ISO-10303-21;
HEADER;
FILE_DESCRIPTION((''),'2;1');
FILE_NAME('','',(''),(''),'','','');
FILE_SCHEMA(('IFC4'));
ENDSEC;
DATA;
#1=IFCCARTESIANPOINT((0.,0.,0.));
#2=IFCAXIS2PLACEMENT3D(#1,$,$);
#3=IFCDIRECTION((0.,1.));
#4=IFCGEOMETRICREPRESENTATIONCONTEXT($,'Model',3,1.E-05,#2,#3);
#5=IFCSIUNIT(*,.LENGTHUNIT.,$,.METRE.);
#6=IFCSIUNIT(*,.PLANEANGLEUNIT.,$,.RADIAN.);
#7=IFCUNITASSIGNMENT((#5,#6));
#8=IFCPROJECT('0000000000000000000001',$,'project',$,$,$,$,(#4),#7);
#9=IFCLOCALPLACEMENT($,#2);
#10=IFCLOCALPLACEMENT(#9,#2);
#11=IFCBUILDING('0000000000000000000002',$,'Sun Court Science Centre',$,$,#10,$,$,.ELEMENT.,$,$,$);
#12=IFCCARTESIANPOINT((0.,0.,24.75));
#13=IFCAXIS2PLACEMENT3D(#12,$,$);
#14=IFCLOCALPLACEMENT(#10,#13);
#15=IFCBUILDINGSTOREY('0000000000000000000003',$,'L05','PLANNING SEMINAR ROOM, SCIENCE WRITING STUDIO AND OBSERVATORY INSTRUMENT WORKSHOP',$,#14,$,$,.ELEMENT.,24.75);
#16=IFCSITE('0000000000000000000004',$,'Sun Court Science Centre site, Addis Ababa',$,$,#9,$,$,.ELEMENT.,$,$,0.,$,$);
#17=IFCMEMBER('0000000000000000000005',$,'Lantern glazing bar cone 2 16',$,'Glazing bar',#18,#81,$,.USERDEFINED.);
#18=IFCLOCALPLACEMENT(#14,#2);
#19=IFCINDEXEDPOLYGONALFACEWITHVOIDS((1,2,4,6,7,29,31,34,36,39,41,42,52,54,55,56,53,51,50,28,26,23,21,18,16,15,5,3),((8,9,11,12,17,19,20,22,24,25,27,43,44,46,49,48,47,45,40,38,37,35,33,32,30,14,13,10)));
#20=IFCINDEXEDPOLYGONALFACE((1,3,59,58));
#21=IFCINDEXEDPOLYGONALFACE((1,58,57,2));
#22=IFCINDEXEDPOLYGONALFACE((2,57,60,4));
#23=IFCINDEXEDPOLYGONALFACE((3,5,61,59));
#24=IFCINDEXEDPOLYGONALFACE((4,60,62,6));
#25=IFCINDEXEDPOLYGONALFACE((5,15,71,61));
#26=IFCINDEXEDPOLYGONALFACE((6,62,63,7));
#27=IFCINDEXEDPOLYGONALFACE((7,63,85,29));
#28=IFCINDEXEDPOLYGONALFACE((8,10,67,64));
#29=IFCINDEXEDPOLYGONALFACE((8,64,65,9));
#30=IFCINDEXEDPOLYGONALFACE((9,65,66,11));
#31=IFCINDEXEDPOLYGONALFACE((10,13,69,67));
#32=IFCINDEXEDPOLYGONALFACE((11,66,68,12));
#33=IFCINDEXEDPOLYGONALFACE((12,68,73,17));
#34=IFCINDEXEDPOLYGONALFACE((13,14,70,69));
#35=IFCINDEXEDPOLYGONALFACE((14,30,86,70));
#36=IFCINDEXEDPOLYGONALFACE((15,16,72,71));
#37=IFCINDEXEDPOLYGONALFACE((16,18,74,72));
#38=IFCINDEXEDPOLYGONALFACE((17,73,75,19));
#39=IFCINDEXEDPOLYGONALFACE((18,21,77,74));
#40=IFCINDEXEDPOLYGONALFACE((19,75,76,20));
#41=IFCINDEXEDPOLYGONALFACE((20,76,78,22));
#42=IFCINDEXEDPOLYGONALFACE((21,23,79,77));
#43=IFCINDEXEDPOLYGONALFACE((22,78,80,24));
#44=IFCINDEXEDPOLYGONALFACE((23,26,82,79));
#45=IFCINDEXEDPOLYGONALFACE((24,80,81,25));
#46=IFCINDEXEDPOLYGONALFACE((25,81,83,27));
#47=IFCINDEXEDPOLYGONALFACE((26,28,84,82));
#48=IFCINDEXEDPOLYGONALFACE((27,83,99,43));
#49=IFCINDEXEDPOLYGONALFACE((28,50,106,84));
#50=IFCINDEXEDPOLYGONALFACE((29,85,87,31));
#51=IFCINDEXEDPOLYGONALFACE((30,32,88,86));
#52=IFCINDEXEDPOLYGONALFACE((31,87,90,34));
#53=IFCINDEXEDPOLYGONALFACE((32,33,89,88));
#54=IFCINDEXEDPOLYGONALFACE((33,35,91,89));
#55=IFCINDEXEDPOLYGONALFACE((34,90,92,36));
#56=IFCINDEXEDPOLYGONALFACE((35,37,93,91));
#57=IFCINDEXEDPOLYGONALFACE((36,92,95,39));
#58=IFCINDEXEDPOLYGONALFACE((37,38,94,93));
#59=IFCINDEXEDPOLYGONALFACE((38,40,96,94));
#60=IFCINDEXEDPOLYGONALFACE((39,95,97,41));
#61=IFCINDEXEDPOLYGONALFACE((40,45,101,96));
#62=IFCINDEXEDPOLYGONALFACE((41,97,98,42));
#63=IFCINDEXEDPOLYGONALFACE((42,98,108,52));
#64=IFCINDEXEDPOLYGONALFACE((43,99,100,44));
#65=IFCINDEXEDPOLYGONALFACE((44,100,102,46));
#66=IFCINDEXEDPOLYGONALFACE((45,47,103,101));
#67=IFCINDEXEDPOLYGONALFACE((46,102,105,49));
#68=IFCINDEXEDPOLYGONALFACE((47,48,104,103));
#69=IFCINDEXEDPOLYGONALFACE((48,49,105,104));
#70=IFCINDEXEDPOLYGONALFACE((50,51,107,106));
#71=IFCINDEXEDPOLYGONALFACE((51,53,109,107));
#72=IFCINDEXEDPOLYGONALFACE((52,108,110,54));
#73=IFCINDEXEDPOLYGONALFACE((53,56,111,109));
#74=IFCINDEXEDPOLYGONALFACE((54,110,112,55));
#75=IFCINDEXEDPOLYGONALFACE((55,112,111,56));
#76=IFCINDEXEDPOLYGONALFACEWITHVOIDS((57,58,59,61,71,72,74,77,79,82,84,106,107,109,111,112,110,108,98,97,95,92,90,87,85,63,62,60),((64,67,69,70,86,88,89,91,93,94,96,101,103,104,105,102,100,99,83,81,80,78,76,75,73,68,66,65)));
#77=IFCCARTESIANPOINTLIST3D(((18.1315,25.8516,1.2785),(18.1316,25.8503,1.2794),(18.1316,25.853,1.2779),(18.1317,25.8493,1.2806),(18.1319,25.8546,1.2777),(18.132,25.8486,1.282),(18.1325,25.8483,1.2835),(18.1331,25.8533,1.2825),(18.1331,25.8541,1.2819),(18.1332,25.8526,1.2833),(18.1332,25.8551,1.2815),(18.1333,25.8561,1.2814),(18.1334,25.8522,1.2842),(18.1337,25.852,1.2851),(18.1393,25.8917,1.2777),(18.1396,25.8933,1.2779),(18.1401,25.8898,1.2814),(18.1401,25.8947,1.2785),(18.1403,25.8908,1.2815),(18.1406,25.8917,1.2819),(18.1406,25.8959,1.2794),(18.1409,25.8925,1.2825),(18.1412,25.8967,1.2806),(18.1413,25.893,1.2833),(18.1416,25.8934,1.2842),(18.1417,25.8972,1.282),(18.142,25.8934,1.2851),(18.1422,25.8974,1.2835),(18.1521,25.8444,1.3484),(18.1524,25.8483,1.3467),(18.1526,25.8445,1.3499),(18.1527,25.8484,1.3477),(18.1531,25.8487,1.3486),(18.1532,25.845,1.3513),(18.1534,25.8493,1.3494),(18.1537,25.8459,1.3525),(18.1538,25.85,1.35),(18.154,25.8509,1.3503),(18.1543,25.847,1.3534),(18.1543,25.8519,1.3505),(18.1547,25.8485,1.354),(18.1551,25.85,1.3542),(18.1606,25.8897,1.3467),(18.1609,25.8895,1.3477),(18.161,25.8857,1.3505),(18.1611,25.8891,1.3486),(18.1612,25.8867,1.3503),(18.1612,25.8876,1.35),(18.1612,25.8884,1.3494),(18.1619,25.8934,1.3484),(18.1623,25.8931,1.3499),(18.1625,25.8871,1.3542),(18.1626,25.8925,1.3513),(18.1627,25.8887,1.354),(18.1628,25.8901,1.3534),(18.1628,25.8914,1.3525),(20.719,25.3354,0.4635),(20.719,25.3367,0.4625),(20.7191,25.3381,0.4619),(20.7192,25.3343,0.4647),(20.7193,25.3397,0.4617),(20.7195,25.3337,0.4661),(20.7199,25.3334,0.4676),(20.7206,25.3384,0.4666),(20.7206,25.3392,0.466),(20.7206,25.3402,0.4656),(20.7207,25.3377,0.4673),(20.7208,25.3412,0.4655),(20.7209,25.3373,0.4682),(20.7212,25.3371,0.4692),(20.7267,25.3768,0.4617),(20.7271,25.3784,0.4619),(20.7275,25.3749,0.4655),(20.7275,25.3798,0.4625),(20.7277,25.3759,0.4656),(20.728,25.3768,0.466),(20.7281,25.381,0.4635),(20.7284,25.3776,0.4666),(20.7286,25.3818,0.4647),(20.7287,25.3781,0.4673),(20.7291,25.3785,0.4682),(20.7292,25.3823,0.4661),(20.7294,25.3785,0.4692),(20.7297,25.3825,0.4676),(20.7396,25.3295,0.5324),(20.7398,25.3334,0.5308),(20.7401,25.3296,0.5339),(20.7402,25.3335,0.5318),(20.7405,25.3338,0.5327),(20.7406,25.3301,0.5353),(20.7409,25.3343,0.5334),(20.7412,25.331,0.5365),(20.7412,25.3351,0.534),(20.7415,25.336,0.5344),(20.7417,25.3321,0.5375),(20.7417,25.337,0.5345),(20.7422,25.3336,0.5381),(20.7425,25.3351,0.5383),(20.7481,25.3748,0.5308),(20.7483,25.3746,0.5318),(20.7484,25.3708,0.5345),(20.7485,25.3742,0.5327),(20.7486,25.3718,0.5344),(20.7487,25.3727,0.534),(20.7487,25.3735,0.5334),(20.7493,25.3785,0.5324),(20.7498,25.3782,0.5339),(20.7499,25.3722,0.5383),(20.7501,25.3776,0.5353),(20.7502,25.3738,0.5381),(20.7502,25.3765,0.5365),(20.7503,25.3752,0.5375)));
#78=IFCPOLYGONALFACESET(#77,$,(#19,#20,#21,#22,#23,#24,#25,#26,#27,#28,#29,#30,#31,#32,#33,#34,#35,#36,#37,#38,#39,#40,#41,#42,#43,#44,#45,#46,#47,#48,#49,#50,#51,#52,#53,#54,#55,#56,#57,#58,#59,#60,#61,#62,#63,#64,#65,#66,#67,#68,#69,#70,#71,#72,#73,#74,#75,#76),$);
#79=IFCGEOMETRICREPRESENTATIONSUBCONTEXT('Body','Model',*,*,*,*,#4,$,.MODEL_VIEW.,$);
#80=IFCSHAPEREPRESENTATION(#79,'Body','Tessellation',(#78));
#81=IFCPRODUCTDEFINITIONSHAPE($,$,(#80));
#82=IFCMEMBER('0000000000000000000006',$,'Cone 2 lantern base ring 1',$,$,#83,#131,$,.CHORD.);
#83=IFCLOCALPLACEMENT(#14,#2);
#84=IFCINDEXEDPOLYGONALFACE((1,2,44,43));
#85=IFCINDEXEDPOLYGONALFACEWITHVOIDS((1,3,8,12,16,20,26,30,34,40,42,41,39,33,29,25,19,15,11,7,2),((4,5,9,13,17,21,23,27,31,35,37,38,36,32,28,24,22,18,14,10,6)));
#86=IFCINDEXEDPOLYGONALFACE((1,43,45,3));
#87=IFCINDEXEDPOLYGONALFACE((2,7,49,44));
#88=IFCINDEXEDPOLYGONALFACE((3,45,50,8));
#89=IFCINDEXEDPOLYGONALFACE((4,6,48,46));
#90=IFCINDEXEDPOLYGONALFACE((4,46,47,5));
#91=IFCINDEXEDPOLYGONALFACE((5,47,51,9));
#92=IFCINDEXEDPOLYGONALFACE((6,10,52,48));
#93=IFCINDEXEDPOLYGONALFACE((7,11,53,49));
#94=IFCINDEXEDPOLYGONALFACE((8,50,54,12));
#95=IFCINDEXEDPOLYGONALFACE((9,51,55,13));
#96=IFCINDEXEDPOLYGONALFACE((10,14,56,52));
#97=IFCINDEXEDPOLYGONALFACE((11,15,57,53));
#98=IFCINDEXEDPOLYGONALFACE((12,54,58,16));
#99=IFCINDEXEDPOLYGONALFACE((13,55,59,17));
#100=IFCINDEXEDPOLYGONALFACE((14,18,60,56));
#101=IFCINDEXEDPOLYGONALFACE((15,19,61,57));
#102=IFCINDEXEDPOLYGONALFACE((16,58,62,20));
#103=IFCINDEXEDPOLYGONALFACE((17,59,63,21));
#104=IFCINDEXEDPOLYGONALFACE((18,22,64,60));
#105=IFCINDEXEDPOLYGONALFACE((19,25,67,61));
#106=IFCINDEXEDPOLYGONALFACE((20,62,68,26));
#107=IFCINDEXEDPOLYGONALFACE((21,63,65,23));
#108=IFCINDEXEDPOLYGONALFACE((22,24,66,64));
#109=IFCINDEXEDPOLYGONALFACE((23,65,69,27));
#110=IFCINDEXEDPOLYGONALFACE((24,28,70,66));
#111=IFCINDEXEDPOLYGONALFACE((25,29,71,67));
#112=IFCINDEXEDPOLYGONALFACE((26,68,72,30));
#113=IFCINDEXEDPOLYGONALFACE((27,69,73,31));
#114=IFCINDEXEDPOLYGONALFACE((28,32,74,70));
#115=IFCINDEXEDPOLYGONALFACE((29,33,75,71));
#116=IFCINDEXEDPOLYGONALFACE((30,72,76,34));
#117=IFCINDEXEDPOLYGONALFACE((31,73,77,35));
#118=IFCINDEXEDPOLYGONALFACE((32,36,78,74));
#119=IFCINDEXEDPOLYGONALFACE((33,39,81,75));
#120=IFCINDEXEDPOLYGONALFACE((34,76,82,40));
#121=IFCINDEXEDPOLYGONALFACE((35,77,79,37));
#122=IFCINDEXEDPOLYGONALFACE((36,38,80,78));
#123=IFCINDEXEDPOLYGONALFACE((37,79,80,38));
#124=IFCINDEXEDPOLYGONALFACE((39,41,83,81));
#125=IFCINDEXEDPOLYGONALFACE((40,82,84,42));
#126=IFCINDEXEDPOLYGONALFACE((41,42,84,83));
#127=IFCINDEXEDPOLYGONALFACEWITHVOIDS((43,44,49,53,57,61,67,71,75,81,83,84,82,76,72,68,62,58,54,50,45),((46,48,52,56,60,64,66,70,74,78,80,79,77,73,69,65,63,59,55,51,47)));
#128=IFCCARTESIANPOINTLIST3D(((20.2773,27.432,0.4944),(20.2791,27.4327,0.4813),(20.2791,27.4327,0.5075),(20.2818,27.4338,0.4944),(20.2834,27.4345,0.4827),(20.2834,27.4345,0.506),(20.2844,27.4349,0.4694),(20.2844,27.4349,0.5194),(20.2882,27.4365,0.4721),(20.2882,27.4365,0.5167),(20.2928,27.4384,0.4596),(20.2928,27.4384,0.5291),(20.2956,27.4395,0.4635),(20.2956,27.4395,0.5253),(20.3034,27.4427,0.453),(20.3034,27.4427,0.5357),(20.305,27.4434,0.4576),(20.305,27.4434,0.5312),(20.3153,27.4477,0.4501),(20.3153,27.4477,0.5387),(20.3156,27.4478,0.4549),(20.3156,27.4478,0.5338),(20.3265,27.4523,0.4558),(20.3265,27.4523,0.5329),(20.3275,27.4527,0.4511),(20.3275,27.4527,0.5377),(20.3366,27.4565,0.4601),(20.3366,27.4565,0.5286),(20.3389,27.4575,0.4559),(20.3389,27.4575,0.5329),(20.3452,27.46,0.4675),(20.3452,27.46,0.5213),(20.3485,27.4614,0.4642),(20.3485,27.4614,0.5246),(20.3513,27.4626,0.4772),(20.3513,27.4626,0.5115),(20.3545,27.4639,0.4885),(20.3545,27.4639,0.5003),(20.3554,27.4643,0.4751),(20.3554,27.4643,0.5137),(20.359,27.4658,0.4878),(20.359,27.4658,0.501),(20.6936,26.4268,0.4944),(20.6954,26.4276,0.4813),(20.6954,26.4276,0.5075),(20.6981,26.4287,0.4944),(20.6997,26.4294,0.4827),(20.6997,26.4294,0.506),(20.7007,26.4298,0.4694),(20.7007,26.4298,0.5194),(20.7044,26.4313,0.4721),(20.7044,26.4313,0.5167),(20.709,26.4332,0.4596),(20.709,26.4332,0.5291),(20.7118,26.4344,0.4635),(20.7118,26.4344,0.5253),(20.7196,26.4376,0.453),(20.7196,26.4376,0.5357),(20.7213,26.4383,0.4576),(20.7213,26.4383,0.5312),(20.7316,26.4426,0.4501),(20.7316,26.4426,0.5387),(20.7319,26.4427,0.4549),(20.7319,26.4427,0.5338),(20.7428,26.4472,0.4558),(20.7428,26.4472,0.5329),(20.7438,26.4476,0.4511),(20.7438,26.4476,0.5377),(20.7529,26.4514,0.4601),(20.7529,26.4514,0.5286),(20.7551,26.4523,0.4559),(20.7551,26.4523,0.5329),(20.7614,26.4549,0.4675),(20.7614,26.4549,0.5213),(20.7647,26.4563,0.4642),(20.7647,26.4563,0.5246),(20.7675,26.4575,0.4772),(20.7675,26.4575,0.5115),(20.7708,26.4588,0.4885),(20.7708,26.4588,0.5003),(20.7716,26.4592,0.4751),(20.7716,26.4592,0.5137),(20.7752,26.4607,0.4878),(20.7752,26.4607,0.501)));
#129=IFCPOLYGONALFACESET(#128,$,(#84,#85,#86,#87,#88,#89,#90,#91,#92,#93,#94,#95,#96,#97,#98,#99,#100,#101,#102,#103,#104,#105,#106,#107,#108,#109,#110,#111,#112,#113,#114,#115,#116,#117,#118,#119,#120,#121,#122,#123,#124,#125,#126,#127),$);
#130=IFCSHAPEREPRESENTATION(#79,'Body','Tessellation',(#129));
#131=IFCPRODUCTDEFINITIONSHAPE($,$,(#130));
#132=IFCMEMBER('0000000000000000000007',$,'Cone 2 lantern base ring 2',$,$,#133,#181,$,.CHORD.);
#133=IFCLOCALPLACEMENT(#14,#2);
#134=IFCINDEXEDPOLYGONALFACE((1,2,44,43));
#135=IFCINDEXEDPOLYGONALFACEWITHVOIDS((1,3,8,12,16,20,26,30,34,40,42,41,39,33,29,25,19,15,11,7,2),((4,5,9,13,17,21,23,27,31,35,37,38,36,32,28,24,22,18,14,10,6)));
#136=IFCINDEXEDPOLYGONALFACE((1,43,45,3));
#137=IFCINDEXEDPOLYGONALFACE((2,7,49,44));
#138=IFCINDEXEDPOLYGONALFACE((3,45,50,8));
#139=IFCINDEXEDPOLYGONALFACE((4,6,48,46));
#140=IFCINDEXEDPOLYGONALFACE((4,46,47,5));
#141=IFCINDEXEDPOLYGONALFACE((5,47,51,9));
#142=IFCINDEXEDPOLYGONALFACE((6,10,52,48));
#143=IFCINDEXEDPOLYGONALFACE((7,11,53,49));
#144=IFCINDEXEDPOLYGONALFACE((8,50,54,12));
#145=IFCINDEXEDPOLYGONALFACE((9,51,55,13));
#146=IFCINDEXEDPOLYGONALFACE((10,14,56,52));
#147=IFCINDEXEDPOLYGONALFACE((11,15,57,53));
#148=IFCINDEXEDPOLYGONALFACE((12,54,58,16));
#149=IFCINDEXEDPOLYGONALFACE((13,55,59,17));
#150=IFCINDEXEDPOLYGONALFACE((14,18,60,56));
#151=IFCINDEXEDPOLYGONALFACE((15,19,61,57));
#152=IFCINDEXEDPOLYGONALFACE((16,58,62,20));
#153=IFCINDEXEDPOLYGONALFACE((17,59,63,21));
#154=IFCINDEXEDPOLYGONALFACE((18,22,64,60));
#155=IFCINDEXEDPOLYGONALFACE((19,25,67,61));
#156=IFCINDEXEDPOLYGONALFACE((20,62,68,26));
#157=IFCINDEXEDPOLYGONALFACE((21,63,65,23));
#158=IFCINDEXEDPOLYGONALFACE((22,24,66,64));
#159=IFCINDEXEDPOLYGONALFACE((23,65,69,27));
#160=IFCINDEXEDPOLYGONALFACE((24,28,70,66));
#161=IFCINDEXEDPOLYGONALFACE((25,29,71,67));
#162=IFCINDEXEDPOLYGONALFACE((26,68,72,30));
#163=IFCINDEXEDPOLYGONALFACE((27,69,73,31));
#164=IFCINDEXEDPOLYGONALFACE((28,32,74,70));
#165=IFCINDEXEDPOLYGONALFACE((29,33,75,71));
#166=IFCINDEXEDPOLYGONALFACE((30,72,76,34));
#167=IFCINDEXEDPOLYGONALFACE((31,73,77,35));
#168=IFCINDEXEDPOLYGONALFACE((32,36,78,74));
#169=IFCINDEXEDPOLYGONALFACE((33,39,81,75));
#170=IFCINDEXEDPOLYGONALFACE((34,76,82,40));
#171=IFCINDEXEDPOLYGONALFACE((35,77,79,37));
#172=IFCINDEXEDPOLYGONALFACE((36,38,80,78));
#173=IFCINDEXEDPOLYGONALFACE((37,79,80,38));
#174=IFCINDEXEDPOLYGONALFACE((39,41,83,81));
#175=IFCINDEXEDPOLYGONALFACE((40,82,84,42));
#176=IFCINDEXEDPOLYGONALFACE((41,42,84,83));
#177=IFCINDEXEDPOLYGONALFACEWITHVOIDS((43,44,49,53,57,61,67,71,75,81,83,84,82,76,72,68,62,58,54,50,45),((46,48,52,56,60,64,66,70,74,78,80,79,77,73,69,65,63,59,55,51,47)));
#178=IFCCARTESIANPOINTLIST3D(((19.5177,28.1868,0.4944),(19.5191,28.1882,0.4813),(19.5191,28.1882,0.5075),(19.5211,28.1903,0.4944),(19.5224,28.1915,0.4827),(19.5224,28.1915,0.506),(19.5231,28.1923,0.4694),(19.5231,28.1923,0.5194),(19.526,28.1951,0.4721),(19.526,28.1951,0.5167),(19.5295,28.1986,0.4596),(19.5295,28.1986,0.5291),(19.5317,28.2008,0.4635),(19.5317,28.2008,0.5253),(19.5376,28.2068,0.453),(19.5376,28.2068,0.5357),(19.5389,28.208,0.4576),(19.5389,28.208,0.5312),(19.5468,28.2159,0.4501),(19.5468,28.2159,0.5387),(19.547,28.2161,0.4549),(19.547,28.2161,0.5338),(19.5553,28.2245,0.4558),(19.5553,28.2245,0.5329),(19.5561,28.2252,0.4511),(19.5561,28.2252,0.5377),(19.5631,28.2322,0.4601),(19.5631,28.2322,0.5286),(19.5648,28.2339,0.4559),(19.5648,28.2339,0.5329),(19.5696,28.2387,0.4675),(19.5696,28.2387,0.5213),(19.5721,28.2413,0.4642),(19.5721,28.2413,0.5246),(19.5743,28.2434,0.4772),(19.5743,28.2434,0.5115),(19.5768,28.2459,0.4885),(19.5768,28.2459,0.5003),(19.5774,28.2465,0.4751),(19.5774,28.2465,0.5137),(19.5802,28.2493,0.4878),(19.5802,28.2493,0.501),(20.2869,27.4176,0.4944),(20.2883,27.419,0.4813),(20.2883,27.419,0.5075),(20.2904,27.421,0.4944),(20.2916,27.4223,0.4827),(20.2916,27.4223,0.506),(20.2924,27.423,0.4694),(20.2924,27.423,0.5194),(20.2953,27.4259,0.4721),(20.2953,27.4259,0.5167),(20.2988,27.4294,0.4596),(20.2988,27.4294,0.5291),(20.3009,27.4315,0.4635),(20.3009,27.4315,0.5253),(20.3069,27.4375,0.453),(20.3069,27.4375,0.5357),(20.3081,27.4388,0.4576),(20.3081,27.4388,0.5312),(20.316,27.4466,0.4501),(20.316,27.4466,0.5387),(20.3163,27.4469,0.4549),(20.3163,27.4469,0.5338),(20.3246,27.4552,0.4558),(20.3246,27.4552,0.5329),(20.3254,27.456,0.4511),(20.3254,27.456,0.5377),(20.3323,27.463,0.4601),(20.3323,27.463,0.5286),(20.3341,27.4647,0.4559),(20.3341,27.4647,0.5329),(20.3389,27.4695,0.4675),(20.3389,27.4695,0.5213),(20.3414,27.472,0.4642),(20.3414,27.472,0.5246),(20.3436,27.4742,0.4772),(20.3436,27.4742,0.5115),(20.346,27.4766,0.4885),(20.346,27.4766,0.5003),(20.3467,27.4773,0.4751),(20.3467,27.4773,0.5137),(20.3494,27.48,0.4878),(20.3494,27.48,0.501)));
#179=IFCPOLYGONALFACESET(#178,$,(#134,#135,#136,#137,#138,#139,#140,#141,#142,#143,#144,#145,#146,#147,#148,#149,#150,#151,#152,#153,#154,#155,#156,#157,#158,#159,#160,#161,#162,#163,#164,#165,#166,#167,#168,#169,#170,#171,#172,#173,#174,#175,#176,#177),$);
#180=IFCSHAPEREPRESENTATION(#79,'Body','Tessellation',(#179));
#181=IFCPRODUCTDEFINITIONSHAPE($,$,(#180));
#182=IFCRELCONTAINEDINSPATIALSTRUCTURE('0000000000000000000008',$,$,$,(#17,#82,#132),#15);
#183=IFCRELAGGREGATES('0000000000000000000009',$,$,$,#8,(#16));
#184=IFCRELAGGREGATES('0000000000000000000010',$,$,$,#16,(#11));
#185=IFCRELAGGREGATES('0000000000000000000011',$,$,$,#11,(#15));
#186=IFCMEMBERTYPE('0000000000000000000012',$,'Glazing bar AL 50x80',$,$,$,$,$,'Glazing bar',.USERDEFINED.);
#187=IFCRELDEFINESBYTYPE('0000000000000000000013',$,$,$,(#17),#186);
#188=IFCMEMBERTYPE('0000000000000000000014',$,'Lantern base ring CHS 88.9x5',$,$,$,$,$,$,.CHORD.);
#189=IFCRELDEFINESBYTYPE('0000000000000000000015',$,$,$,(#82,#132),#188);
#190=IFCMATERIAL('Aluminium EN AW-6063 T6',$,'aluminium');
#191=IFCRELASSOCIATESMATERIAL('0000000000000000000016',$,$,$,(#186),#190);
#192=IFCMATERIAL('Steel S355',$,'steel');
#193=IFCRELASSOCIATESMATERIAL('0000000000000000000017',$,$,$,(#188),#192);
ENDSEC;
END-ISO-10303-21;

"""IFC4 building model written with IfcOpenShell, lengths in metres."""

from ifc_helpers import new_model, si_unit, direction, frame, origin, origin_2d, place, context, subcontext, project, spatial, hollow_rectangle, hollow_circle, extrude, material, material_profile, profile_set, type_object, element, save


model = new_model("IFC4")

# Units and contexts
model_context = context("Model", 3, precision=1e-05, world=origin(), true_north=direction((0.0, 1.0)))
body_context = subcontext(model_context, "Body", "Model", "MODEL_VIEW")
ifc_project = project(units=[si_unit("LENGTHUNIT", "METRE"), si_unit("PLANEANGLEUNIT", "RADIAN")], contexts=[model_context])

# Site, building, storey
site_placement = place(None, origin())
site = spatial("IfcSite", under=ifc_project, at=site_placement, Name="Sun Court Science Centre site, Addis Ababa", CompositionType="ELEMENT", RefElevation=0.0)
building_placement = place(site_placement, origin())
building = spatial("IfcBuilding", under=site, at=building_placement, Name="Sun Court Science Centre", CompositionType="ELEMENT")
storey_placement = place(building_placement, frame((0.0, 0.0, 24.75)))
storey = spatial("IfcBuildingStorey", under=building, at=storey_placement, Name="L05", Description="PLANNING SEMINAR ROOM, SCIENCE WRITING STUDIO AND OBSERVATORY INSTRUMENT WORKSHOP", CompositionType="ELEMENT", Elevation=24.75)

# Members
ifc_material_1 = material(Name="Aluminium EN AW-6063 T6", Category="aluminium")
ifc_material_profile_1 = material_profile(ifc_material_1, hollow_rectangle(XDim=0.05, YDim=0.0801, WallThickness=0.0039, InnerFilletRadius=0.0039, OuterFilletRadius=0.0061, at=origin_2d()), Name="AL 50x80x4")
ifc_profile_set_1 = profile_set([ifc_material_profile_1], Name="Aluminium EN AW-6063 T6")
member_type_1 = type_object("IfcMemberType", Name="Glazing bar AL 50x80", ElementType="Glazing bar", PredefinedType="USERDEFINED", material=ifc_profile_set_1)
for number, where, z_axis, x_axis, name in (
    (1, (20.7346, 25.356, 0.5), (-0.93698, 0.186459, 0.29547), (-0.195173, -0.980769, 0.0), "Lantern glazing bar cone 2 16"),
):
    element("IfcMember", number, at=place(storey_placement, frame(where, z_axis=z_axis, x_axis=x_axis)), inside=storey, type_object=member_type_1, Name=name, ObjectType="Glazing bar", PredefinedType="USERDEFINED", context=body_context, shape_type="SweptSolid", body=[
        extrude(hollow_rectangle(XDim=0.05, YDim=0.0801, WallThickness=0.0039, InnerFilletRadius=0.0039, OuterFilletRadius=0.0061, at=origin_2d()), origin(), (0.0, 0.0, 1.0), 2.7615),
    ])
ifc_material_2 = material(Name="Steel S355", Category="steel")
ifc_material_profile_2 = material_profile(ifc_material_2, hollow_circle(Radius=0.0444, WallThickness=0.0049, at=origin_2d()), Name="CHS 88.9x5")
ifc_profile_set_2 = profile_set([ifc_material_profile_2], Name="Steel S355")
member_type_2 = type_object("IfcMemberType", Name="Lantern base ring CHS 88.9x5", PredefinedType="CHORD", material=ifc_profile_set_2)
for number, where, z_axis, x_axis, name in (
    (2, (20.7346, 26.4438, 0.4944), (-0.382623, 0.923905, 0.0), (-0.923905, -0.382623, 0.0), "Cone 2 lantern base ring 1"),
    (3, (20.3184, 27.449, 0.4944), (-0.707107, 0.707107, 0.0), (-0.707107, -0.707107, 0.0), "Cone 2 lantern base ring 2"),
):
    element("IfcMember", number, at=place(storey_placement, frame(where, z_axis=z_axis, x_axis=x_axis)), inside=storey, type_object=member_type_2, Name=name, PredefinedType="CHORD", context=body_context, shape_type="SweptSolid", body=[
        extrude(hollow_circle(Radius=0.0444, WallThickness=0.0049, at=origin_2d()), origin(), (0.0, 0.0, 1.0), 1.0879),
    ])

save(model, "model.ifc")
